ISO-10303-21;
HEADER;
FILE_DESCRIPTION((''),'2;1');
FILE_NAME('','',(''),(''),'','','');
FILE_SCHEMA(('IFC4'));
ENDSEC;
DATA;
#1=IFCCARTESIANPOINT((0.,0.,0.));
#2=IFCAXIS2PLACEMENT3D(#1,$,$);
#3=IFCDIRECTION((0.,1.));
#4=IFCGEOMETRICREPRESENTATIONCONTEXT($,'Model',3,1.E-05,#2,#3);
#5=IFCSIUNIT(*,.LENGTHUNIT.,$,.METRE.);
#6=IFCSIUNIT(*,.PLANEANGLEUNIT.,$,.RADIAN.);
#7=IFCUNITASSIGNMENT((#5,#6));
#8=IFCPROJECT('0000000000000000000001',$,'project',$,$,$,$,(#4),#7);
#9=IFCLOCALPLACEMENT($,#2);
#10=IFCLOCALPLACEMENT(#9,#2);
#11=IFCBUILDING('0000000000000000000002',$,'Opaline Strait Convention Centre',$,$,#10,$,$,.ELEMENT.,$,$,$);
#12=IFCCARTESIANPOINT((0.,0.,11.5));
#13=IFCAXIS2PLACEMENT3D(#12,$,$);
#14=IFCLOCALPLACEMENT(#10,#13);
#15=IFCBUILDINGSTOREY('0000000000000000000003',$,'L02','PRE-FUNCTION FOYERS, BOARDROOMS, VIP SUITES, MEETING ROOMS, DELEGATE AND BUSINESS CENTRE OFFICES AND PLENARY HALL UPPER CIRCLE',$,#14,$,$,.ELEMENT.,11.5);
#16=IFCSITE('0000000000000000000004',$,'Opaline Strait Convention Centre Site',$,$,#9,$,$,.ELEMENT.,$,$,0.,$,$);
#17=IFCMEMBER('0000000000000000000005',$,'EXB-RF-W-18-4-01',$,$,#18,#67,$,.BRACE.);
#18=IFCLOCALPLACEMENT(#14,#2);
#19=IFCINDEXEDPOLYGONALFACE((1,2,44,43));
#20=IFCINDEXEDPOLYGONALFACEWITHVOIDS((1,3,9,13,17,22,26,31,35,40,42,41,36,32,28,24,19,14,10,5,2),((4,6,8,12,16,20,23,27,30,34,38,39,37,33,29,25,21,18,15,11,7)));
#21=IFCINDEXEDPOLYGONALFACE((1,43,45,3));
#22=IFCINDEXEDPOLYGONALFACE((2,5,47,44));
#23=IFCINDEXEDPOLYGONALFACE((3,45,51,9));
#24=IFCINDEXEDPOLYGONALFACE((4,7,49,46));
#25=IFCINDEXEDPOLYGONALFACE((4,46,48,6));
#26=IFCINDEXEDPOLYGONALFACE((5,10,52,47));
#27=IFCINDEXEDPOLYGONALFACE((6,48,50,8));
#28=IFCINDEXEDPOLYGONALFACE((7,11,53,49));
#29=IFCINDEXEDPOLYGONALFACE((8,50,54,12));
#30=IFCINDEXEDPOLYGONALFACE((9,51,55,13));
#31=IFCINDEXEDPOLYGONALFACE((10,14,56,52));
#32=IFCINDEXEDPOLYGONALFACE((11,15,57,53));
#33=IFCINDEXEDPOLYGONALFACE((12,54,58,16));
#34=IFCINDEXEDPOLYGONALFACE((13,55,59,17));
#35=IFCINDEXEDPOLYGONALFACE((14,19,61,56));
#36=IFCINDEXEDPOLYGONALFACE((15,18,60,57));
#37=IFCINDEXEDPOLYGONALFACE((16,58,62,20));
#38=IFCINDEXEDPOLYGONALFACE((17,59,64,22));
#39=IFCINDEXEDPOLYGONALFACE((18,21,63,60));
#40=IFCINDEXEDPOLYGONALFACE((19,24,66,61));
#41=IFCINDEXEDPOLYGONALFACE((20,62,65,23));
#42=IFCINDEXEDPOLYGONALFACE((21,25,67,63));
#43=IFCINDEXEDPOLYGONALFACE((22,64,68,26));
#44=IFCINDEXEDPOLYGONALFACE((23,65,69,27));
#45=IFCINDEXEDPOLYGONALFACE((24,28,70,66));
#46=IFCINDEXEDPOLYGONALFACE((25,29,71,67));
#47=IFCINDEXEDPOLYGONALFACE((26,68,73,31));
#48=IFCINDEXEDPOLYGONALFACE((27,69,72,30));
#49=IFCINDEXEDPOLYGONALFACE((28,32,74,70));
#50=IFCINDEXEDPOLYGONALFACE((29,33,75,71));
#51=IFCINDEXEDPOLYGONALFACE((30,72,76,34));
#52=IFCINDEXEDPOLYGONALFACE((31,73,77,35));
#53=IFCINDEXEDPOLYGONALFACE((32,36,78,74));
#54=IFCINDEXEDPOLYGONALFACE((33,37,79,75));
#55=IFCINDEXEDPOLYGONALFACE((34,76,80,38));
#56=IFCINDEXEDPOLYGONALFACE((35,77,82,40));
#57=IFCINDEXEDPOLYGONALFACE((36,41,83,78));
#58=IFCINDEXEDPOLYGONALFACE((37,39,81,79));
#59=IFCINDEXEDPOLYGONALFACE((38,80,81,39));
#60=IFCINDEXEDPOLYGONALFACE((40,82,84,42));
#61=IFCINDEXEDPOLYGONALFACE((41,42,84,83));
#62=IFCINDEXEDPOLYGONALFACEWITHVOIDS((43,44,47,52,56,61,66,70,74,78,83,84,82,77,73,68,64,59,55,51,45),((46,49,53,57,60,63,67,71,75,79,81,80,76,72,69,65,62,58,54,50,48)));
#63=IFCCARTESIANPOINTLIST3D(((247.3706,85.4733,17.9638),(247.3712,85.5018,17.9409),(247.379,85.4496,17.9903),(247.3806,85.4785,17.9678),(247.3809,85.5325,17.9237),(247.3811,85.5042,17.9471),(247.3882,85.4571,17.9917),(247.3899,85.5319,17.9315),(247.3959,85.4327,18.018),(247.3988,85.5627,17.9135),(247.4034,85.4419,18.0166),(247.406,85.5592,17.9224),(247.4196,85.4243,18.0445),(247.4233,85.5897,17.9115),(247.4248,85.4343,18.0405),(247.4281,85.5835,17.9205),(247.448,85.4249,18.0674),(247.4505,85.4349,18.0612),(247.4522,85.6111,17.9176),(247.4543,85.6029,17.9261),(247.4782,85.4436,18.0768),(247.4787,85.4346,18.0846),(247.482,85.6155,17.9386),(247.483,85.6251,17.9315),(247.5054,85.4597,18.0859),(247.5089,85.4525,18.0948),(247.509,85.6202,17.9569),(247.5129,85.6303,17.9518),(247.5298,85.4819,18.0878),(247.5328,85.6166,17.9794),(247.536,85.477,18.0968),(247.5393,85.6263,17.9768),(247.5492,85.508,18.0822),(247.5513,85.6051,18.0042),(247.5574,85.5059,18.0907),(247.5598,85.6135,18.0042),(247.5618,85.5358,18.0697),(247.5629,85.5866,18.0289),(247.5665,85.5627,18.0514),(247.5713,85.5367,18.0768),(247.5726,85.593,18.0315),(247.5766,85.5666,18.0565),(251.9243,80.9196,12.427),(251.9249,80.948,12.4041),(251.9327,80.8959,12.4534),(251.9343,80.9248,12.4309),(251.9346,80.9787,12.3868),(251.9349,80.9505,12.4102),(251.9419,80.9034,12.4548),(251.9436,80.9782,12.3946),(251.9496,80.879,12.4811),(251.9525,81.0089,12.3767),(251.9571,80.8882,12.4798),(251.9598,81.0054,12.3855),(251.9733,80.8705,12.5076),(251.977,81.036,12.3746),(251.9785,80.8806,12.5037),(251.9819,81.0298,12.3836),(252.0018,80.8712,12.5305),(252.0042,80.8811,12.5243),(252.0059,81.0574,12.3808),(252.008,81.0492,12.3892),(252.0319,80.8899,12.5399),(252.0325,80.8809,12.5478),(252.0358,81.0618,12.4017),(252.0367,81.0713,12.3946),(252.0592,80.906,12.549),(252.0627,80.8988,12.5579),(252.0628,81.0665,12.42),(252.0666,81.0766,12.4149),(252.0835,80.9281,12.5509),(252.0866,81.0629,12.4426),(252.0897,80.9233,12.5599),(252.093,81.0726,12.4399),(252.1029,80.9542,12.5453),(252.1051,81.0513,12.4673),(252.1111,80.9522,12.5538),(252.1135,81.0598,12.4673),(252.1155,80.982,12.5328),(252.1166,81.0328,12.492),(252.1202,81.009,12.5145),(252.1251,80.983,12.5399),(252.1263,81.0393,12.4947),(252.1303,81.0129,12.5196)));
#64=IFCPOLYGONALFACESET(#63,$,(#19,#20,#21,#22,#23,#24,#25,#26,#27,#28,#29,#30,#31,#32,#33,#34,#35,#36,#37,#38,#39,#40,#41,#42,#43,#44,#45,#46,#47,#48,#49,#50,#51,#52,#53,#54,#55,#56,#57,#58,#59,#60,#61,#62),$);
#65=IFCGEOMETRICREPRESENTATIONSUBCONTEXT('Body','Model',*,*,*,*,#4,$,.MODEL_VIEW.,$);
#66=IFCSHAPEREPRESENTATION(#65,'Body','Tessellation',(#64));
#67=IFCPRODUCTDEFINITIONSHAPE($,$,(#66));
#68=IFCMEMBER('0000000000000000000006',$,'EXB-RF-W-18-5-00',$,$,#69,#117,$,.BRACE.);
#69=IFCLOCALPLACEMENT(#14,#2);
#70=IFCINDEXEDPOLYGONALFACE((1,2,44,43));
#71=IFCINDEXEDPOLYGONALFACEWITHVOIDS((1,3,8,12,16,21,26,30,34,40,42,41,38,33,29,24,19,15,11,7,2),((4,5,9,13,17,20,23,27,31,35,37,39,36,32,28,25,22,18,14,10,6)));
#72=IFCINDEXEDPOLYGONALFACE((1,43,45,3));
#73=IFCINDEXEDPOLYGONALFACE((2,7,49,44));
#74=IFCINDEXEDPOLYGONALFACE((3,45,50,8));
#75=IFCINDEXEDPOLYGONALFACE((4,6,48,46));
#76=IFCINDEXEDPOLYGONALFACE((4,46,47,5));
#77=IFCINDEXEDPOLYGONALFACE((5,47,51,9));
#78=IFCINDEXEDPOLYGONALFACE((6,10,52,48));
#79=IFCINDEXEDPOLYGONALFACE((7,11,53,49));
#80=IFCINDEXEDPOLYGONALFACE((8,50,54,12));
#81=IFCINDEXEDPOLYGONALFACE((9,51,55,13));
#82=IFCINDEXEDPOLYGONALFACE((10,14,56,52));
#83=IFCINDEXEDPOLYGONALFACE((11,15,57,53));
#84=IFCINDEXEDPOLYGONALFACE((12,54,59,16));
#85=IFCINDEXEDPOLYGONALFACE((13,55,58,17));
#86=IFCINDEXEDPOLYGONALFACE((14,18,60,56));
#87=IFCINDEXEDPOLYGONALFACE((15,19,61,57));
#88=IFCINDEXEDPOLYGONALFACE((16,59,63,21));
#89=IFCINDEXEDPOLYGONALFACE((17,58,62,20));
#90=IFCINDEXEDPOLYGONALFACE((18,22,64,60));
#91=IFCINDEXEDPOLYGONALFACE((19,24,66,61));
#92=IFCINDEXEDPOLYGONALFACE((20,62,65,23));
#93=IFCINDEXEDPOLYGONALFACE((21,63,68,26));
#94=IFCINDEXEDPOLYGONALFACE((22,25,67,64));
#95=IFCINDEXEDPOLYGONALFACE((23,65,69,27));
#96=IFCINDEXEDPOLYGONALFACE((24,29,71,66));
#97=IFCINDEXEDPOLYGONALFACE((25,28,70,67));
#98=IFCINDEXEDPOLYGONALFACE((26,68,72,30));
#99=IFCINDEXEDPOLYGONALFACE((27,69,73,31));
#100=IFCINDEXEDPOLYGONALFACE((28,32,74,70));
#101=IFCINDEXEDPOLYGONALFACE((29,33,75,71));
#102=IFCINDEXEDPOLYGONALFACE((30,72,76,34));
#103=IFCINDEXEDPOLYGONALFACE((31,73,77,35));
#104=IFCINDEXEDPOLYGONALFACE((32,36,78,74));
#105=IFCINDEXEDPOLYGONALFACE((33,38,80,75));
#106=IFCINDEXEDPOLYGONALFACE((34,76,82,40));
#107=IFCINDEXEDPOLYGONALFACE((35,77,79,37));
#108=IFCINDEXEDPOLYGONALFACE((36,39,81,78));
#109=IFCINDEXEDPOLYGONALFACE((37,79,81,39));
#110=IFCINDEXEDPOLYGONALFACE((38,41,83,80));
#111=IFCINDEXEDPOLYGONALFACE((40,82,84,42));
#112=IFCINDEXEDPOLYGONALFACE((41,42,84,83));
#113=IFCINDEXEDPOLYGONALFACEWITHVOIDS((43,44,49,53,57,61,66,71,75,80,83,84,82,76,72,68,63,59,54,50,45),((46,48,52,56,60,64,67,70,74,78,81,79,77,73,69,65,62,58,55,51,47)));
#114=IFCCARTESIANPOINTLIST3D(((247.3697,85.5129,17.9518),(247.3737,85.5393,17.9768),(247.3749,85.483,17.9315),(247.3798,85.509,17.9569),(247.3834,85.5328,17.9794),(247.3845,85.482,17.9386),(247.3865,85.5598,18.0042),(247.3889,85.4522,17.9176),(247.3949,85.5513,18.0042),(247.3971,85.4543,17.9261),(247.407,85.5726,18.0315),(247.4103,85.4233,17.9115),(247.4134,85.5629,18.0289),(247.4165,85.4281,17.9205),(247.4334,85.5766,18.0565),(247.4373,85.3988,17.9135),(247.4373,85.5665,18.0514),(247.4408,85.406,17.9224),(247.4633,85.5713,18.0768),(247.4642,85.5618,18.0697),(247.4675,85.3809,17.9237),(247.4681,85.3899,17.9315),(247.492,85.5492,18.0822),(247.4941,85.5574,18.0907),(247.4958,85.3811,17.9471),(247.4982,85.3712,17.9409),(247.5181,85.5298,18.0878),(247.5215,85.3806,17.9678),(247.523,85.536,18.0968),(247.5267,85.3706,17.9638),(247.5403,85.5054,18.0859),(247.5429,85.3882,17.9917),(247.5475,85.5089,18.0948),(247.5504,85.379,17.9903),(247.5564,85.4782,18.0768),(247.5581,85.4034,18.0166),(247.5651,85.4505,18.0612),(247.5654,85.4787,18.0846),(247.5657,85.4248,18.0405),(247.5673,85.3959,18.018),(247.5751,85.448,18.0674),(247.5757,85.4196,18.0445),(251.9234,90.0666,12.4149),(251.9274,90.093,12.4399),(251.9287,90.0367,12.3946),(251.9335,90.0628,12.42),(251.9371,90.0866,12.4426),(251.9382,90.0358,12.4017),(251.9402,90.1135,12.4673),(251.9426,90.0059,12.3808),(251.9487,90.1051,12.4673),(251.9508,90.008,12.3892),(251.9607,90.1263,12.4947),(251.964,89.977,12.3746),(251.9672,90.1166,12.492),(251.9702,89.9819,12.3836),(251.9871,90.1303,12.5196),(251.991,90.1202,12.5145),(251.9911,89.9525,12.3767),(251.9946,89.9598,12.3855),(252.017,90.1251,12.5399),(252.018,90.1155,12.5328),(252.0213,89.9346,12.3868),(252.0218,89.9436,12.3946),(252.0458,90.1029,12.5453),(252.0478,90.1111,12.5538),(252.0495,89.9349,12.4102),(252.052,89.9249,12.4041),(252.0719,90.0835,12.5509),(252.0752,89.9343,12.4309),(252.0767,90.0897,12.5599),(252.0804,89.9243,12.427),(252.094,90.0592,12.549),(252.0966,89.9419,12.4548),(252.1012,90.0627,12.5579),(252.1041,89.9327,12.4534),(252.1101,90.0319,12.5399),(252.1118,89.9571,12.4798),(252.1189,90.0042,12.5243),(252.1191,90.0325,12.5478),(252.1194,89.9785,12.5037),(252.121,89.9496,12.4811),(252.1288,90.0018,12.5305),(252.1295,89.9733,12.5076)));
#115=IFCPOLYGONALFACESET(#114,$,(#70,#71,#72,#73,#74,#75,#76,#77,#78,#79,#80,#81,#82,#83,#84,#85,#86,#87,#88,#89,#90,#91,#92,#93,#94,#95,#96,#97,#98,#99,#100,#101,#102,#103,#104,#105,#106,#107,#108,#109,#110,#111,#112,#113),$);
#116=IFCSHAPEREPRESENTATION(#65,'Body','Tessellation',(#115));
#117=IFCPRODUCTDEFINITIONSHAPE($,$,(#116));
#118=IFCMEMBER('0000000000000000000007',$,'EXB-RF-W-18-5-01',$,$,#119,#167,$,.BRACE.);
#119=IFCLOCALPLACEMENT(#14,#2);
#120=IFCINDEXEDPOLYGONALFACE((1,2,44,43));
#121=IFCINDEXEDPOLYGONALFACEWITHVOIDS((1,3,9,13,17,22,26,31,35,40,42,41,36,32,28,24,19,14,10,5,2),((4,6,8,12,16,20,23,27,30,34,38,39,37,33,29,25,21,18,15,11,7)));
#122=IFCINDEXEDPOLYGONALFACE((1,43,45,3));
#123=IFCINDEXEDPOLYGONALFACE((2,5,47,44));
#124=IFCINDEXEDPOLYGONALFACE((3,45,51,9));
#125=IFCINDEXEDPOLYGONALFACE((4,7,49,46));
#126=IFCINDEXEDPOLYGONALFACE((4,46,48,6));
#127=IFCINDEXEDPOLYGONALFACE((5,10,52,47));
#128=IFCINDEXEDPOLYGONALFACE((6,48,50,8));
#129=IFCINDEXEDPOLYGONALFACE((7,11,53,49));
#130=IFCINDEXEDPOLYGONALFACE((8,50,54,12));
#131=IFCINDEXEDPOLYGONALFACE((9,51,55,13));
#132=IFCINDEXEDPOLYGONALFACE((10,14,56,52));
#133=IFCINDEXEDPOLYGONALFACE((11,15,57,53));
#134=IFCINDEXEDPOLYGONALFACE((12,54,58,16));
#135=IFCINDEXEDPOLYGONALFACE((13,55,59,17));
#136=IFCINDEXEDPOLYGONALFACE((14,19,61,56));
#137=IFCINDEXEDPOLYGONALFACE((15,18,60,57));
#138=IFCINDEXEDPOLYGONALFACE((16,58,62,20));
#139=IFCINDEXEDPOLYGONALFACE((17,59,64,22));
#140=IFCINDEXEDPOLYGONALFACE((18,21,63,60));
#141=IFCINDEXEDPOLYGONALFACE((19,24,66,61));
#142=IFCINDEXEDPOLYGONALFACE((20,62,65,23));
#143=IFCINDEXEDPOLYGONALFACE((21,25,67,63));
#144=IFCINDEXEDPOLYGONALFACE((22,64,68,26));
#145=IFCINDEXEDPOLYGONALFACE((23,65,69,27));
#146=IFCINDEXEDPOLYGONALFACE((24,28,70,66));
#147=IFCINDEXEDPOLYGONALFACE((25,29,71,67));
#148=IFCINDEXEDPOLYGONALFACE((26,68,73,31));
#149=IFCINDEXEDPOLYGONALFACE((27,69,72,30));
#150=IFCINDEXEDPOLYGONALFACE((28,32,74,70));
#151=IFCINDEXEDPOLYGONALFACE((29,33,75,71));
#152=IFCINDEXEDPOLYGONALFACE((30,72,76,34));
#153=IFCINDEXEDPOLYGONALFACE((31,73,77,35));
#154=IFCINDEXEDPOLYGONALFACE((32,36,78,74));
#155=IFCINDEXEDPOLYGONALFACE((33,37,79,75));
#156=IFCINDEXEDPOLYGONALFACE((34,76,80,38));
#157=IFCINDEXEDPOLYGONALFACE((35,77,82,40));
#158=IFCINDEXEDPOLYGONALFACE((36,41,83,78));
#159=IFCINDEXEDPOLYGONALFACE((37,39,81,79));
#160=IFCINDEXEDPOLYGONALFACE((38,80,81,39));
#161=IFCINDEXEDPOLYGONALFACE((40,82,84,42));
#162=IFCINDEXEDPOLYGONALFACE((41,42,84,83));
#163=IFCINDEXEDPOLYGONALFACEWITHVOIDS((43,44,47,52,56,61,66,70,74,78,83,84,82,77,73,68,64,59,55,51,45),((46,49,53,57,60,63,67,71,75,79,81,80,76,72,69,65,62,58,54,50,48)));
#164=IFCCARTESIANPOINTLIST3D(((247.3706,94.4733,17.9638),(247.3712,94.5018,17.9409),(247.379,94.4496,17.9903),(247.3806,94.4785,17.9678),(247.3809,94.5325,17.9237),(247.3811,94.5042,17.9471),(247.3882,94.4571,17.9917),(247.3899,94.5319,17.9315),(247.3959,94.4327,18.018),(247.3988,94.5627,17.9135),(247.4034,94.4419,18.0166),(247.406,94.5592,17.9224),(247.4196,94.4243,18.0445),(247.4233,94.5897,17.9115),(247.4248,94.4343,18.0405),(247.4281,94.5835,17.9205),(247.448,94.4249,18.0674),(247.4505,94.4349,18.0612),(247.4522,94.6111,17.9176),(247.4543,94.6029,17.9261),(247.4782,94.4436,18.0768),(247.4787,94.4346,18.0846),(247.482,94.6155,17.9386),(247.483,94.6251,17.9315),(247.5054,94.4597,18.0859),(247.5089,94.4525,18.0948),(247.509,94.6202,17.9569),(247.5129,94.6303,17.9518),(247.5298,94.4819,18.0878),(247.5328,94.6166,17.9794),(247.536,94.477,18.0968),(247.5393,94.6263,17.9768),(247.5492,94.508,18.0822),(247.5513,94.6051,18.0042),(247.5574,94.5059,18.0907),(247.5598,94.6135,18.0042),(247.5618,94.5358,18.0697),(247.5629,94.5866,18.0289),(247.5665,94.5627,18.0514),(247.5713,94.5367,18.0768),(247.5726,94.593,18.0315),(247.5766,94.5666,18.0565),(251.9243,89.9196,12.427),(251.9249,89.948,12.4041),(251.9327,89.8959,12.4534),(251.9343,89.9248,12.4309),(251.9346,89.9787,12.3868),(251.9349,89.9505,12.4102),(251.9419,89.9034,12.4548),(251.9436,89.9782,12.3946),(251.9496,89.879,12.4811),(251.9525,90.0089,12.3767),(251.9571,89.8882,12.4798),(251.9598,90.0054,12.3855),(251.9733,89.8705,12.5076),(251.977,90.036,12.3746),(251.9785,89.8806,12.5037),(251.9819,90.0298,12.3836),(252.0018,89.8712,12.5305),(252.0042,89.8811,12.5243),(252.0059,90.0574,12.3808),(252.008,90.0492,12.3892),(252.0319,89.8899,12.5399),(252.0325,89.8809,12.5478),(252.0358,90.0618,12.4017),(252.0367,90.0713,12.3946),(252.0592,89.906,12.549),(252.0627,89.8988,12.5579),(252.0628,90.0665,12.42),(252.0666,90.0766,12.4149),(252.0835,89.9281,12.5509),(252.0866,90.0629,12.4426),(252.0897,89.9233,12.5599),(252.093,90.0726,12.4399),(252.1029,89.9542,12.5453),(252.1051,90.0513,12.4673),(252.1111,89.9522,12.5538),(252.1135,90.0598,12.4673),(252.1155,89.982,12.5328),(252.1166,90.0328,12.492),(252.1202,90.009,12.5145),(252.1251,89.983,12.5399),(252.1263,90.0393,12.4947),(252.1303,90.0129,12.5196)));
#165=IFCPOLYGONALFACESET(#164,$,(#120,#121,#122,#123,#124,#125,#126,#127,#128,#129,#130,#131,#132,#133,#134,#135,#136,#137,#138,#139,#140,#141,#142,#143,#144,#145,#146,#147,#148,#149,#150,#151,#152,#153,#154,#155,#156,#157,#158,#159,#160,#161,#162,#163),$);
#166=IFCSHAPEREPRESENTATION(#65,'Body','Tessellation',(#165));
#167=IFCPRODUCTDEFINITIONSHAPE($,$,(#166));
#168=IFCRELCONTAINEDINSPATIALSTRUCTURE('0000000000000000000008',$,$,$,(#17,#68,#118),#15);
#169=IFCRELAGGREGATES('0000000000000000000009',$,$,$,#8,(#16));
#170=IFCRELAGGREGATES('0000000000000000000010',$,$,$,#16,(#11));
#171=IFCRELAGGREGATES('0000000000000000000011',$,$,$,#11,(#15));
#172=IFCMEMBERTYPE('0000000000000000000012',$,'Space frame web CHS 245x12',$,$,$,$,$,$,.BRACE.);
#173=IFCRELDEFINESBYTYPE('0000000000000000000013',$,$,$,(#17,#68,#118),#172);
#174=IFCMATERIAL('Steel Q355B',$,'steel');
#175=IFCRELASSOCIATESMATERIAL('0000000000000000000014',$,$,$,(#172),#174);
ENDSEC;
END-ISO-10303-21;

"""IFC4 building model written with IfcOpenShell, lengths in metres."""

from ifc_helpers import new_model, si_unit, direction, frame, origin, origin_2d, place, context, subcontext, project, spatial, hollow_circle, extrude, material, material_profile, profile_set, type_object, element, save


model = new_model("IFC4")

# Units and contexts
model_context = context("Model", 3, precision=1e-05, world=origin(), true_north=direction((0.0, 1.0)))
body_context = subcontext(model_context, "Body", "Model", "MODEL_VIEW")
ifc_project = project(units=[si_unit("LENGTHUNIT", "METRE"), si_unit("PLANEANGLEUNIT", "RADIAN")], contexts=[model_context])

# Site, building, storey
site_placement = place(None, origin())
site = spatial("IfcSite", under=ifc_project, at=site_placement, Name="Opaline Strait Convention Centre Site", CompositionType="ELEMENT", RefElevation=0.0)
building_placement = place(site_placement, origin())
building = spatial("IfcBuilding", under=site, at=building_placement, Name="Opaline Strait Convention Centre", CompositionType="ELEMENT")
storey_placement = place(building_placement, frame((0.0, 0.0, 11.5)))
storey = spatial("IfcBuildingStorey", under=building, at=storey_placement, Name="L02", Description="PRE-FUNCTION FOYERS, BOARDROOMS, VIP SUITES, MEETING ROOMS, DELEGATE AND BUSINESS CENTRE OFFICES AND PLENARY HALL UPPER CIRCLE", CompositionType="ELEMENT", Elevation=11.5)

# Members
ifc_material = material(Name="Steel Q355B", Category="steel")
ifc_material_profile_1 = material_profile(ifc_material, hollow_circle(Radius=0.1226, WallThickness=0.012, at=origin_2d()), Name="CHS 245x12")
ifc_profile_set_1 = profile_set([ifc_material_profile_1], Name="Steel Q355B")
member_type_1 = type_object("IfcMemberType", Name="Space frame web CHS 245x12", PredefinedType="BRACE", material=ifc_profile_set_1)
for number, where, z_axis, x_axis, name in (
    (1, (247.4731, 85.5269, 18.0042), (0.536178, -0.536178, -0.65194), (0.707107, 0.707107, 0.0), "EXB-RF-W-18-4-01"),
    (2, (247.4731, 85.4731, 18.0042), (0.536178, 0.536178, -0.65194), (-0.707107, 0.707107, 0.0), "EXB-RF-W-18-5-00"),
    (3, (247.4731, 94.5269, 18.0042), (0.536178, -0.536178, -0.65194), (0.707107, 0.707107, 0.0), "EXB-RF-W-18-5-01"),
):
    element("IfcMember", number, at=place(storey_placement, frame(where, z_axis=z_axis, x_axis=x_axis)), inside=storey, type_object=member_type_1, Name=name, PredefinedType="BRACE", context=body_context, shape_type="SweptSolid", body=[
        extrude(hollow_circle(Radius=0.1226, WallThickness=0.012, at=origin_2d()), origin(), (0.0, 0.0, 1.0), 8.4929),
    ])

save(model, "model.ifc")
